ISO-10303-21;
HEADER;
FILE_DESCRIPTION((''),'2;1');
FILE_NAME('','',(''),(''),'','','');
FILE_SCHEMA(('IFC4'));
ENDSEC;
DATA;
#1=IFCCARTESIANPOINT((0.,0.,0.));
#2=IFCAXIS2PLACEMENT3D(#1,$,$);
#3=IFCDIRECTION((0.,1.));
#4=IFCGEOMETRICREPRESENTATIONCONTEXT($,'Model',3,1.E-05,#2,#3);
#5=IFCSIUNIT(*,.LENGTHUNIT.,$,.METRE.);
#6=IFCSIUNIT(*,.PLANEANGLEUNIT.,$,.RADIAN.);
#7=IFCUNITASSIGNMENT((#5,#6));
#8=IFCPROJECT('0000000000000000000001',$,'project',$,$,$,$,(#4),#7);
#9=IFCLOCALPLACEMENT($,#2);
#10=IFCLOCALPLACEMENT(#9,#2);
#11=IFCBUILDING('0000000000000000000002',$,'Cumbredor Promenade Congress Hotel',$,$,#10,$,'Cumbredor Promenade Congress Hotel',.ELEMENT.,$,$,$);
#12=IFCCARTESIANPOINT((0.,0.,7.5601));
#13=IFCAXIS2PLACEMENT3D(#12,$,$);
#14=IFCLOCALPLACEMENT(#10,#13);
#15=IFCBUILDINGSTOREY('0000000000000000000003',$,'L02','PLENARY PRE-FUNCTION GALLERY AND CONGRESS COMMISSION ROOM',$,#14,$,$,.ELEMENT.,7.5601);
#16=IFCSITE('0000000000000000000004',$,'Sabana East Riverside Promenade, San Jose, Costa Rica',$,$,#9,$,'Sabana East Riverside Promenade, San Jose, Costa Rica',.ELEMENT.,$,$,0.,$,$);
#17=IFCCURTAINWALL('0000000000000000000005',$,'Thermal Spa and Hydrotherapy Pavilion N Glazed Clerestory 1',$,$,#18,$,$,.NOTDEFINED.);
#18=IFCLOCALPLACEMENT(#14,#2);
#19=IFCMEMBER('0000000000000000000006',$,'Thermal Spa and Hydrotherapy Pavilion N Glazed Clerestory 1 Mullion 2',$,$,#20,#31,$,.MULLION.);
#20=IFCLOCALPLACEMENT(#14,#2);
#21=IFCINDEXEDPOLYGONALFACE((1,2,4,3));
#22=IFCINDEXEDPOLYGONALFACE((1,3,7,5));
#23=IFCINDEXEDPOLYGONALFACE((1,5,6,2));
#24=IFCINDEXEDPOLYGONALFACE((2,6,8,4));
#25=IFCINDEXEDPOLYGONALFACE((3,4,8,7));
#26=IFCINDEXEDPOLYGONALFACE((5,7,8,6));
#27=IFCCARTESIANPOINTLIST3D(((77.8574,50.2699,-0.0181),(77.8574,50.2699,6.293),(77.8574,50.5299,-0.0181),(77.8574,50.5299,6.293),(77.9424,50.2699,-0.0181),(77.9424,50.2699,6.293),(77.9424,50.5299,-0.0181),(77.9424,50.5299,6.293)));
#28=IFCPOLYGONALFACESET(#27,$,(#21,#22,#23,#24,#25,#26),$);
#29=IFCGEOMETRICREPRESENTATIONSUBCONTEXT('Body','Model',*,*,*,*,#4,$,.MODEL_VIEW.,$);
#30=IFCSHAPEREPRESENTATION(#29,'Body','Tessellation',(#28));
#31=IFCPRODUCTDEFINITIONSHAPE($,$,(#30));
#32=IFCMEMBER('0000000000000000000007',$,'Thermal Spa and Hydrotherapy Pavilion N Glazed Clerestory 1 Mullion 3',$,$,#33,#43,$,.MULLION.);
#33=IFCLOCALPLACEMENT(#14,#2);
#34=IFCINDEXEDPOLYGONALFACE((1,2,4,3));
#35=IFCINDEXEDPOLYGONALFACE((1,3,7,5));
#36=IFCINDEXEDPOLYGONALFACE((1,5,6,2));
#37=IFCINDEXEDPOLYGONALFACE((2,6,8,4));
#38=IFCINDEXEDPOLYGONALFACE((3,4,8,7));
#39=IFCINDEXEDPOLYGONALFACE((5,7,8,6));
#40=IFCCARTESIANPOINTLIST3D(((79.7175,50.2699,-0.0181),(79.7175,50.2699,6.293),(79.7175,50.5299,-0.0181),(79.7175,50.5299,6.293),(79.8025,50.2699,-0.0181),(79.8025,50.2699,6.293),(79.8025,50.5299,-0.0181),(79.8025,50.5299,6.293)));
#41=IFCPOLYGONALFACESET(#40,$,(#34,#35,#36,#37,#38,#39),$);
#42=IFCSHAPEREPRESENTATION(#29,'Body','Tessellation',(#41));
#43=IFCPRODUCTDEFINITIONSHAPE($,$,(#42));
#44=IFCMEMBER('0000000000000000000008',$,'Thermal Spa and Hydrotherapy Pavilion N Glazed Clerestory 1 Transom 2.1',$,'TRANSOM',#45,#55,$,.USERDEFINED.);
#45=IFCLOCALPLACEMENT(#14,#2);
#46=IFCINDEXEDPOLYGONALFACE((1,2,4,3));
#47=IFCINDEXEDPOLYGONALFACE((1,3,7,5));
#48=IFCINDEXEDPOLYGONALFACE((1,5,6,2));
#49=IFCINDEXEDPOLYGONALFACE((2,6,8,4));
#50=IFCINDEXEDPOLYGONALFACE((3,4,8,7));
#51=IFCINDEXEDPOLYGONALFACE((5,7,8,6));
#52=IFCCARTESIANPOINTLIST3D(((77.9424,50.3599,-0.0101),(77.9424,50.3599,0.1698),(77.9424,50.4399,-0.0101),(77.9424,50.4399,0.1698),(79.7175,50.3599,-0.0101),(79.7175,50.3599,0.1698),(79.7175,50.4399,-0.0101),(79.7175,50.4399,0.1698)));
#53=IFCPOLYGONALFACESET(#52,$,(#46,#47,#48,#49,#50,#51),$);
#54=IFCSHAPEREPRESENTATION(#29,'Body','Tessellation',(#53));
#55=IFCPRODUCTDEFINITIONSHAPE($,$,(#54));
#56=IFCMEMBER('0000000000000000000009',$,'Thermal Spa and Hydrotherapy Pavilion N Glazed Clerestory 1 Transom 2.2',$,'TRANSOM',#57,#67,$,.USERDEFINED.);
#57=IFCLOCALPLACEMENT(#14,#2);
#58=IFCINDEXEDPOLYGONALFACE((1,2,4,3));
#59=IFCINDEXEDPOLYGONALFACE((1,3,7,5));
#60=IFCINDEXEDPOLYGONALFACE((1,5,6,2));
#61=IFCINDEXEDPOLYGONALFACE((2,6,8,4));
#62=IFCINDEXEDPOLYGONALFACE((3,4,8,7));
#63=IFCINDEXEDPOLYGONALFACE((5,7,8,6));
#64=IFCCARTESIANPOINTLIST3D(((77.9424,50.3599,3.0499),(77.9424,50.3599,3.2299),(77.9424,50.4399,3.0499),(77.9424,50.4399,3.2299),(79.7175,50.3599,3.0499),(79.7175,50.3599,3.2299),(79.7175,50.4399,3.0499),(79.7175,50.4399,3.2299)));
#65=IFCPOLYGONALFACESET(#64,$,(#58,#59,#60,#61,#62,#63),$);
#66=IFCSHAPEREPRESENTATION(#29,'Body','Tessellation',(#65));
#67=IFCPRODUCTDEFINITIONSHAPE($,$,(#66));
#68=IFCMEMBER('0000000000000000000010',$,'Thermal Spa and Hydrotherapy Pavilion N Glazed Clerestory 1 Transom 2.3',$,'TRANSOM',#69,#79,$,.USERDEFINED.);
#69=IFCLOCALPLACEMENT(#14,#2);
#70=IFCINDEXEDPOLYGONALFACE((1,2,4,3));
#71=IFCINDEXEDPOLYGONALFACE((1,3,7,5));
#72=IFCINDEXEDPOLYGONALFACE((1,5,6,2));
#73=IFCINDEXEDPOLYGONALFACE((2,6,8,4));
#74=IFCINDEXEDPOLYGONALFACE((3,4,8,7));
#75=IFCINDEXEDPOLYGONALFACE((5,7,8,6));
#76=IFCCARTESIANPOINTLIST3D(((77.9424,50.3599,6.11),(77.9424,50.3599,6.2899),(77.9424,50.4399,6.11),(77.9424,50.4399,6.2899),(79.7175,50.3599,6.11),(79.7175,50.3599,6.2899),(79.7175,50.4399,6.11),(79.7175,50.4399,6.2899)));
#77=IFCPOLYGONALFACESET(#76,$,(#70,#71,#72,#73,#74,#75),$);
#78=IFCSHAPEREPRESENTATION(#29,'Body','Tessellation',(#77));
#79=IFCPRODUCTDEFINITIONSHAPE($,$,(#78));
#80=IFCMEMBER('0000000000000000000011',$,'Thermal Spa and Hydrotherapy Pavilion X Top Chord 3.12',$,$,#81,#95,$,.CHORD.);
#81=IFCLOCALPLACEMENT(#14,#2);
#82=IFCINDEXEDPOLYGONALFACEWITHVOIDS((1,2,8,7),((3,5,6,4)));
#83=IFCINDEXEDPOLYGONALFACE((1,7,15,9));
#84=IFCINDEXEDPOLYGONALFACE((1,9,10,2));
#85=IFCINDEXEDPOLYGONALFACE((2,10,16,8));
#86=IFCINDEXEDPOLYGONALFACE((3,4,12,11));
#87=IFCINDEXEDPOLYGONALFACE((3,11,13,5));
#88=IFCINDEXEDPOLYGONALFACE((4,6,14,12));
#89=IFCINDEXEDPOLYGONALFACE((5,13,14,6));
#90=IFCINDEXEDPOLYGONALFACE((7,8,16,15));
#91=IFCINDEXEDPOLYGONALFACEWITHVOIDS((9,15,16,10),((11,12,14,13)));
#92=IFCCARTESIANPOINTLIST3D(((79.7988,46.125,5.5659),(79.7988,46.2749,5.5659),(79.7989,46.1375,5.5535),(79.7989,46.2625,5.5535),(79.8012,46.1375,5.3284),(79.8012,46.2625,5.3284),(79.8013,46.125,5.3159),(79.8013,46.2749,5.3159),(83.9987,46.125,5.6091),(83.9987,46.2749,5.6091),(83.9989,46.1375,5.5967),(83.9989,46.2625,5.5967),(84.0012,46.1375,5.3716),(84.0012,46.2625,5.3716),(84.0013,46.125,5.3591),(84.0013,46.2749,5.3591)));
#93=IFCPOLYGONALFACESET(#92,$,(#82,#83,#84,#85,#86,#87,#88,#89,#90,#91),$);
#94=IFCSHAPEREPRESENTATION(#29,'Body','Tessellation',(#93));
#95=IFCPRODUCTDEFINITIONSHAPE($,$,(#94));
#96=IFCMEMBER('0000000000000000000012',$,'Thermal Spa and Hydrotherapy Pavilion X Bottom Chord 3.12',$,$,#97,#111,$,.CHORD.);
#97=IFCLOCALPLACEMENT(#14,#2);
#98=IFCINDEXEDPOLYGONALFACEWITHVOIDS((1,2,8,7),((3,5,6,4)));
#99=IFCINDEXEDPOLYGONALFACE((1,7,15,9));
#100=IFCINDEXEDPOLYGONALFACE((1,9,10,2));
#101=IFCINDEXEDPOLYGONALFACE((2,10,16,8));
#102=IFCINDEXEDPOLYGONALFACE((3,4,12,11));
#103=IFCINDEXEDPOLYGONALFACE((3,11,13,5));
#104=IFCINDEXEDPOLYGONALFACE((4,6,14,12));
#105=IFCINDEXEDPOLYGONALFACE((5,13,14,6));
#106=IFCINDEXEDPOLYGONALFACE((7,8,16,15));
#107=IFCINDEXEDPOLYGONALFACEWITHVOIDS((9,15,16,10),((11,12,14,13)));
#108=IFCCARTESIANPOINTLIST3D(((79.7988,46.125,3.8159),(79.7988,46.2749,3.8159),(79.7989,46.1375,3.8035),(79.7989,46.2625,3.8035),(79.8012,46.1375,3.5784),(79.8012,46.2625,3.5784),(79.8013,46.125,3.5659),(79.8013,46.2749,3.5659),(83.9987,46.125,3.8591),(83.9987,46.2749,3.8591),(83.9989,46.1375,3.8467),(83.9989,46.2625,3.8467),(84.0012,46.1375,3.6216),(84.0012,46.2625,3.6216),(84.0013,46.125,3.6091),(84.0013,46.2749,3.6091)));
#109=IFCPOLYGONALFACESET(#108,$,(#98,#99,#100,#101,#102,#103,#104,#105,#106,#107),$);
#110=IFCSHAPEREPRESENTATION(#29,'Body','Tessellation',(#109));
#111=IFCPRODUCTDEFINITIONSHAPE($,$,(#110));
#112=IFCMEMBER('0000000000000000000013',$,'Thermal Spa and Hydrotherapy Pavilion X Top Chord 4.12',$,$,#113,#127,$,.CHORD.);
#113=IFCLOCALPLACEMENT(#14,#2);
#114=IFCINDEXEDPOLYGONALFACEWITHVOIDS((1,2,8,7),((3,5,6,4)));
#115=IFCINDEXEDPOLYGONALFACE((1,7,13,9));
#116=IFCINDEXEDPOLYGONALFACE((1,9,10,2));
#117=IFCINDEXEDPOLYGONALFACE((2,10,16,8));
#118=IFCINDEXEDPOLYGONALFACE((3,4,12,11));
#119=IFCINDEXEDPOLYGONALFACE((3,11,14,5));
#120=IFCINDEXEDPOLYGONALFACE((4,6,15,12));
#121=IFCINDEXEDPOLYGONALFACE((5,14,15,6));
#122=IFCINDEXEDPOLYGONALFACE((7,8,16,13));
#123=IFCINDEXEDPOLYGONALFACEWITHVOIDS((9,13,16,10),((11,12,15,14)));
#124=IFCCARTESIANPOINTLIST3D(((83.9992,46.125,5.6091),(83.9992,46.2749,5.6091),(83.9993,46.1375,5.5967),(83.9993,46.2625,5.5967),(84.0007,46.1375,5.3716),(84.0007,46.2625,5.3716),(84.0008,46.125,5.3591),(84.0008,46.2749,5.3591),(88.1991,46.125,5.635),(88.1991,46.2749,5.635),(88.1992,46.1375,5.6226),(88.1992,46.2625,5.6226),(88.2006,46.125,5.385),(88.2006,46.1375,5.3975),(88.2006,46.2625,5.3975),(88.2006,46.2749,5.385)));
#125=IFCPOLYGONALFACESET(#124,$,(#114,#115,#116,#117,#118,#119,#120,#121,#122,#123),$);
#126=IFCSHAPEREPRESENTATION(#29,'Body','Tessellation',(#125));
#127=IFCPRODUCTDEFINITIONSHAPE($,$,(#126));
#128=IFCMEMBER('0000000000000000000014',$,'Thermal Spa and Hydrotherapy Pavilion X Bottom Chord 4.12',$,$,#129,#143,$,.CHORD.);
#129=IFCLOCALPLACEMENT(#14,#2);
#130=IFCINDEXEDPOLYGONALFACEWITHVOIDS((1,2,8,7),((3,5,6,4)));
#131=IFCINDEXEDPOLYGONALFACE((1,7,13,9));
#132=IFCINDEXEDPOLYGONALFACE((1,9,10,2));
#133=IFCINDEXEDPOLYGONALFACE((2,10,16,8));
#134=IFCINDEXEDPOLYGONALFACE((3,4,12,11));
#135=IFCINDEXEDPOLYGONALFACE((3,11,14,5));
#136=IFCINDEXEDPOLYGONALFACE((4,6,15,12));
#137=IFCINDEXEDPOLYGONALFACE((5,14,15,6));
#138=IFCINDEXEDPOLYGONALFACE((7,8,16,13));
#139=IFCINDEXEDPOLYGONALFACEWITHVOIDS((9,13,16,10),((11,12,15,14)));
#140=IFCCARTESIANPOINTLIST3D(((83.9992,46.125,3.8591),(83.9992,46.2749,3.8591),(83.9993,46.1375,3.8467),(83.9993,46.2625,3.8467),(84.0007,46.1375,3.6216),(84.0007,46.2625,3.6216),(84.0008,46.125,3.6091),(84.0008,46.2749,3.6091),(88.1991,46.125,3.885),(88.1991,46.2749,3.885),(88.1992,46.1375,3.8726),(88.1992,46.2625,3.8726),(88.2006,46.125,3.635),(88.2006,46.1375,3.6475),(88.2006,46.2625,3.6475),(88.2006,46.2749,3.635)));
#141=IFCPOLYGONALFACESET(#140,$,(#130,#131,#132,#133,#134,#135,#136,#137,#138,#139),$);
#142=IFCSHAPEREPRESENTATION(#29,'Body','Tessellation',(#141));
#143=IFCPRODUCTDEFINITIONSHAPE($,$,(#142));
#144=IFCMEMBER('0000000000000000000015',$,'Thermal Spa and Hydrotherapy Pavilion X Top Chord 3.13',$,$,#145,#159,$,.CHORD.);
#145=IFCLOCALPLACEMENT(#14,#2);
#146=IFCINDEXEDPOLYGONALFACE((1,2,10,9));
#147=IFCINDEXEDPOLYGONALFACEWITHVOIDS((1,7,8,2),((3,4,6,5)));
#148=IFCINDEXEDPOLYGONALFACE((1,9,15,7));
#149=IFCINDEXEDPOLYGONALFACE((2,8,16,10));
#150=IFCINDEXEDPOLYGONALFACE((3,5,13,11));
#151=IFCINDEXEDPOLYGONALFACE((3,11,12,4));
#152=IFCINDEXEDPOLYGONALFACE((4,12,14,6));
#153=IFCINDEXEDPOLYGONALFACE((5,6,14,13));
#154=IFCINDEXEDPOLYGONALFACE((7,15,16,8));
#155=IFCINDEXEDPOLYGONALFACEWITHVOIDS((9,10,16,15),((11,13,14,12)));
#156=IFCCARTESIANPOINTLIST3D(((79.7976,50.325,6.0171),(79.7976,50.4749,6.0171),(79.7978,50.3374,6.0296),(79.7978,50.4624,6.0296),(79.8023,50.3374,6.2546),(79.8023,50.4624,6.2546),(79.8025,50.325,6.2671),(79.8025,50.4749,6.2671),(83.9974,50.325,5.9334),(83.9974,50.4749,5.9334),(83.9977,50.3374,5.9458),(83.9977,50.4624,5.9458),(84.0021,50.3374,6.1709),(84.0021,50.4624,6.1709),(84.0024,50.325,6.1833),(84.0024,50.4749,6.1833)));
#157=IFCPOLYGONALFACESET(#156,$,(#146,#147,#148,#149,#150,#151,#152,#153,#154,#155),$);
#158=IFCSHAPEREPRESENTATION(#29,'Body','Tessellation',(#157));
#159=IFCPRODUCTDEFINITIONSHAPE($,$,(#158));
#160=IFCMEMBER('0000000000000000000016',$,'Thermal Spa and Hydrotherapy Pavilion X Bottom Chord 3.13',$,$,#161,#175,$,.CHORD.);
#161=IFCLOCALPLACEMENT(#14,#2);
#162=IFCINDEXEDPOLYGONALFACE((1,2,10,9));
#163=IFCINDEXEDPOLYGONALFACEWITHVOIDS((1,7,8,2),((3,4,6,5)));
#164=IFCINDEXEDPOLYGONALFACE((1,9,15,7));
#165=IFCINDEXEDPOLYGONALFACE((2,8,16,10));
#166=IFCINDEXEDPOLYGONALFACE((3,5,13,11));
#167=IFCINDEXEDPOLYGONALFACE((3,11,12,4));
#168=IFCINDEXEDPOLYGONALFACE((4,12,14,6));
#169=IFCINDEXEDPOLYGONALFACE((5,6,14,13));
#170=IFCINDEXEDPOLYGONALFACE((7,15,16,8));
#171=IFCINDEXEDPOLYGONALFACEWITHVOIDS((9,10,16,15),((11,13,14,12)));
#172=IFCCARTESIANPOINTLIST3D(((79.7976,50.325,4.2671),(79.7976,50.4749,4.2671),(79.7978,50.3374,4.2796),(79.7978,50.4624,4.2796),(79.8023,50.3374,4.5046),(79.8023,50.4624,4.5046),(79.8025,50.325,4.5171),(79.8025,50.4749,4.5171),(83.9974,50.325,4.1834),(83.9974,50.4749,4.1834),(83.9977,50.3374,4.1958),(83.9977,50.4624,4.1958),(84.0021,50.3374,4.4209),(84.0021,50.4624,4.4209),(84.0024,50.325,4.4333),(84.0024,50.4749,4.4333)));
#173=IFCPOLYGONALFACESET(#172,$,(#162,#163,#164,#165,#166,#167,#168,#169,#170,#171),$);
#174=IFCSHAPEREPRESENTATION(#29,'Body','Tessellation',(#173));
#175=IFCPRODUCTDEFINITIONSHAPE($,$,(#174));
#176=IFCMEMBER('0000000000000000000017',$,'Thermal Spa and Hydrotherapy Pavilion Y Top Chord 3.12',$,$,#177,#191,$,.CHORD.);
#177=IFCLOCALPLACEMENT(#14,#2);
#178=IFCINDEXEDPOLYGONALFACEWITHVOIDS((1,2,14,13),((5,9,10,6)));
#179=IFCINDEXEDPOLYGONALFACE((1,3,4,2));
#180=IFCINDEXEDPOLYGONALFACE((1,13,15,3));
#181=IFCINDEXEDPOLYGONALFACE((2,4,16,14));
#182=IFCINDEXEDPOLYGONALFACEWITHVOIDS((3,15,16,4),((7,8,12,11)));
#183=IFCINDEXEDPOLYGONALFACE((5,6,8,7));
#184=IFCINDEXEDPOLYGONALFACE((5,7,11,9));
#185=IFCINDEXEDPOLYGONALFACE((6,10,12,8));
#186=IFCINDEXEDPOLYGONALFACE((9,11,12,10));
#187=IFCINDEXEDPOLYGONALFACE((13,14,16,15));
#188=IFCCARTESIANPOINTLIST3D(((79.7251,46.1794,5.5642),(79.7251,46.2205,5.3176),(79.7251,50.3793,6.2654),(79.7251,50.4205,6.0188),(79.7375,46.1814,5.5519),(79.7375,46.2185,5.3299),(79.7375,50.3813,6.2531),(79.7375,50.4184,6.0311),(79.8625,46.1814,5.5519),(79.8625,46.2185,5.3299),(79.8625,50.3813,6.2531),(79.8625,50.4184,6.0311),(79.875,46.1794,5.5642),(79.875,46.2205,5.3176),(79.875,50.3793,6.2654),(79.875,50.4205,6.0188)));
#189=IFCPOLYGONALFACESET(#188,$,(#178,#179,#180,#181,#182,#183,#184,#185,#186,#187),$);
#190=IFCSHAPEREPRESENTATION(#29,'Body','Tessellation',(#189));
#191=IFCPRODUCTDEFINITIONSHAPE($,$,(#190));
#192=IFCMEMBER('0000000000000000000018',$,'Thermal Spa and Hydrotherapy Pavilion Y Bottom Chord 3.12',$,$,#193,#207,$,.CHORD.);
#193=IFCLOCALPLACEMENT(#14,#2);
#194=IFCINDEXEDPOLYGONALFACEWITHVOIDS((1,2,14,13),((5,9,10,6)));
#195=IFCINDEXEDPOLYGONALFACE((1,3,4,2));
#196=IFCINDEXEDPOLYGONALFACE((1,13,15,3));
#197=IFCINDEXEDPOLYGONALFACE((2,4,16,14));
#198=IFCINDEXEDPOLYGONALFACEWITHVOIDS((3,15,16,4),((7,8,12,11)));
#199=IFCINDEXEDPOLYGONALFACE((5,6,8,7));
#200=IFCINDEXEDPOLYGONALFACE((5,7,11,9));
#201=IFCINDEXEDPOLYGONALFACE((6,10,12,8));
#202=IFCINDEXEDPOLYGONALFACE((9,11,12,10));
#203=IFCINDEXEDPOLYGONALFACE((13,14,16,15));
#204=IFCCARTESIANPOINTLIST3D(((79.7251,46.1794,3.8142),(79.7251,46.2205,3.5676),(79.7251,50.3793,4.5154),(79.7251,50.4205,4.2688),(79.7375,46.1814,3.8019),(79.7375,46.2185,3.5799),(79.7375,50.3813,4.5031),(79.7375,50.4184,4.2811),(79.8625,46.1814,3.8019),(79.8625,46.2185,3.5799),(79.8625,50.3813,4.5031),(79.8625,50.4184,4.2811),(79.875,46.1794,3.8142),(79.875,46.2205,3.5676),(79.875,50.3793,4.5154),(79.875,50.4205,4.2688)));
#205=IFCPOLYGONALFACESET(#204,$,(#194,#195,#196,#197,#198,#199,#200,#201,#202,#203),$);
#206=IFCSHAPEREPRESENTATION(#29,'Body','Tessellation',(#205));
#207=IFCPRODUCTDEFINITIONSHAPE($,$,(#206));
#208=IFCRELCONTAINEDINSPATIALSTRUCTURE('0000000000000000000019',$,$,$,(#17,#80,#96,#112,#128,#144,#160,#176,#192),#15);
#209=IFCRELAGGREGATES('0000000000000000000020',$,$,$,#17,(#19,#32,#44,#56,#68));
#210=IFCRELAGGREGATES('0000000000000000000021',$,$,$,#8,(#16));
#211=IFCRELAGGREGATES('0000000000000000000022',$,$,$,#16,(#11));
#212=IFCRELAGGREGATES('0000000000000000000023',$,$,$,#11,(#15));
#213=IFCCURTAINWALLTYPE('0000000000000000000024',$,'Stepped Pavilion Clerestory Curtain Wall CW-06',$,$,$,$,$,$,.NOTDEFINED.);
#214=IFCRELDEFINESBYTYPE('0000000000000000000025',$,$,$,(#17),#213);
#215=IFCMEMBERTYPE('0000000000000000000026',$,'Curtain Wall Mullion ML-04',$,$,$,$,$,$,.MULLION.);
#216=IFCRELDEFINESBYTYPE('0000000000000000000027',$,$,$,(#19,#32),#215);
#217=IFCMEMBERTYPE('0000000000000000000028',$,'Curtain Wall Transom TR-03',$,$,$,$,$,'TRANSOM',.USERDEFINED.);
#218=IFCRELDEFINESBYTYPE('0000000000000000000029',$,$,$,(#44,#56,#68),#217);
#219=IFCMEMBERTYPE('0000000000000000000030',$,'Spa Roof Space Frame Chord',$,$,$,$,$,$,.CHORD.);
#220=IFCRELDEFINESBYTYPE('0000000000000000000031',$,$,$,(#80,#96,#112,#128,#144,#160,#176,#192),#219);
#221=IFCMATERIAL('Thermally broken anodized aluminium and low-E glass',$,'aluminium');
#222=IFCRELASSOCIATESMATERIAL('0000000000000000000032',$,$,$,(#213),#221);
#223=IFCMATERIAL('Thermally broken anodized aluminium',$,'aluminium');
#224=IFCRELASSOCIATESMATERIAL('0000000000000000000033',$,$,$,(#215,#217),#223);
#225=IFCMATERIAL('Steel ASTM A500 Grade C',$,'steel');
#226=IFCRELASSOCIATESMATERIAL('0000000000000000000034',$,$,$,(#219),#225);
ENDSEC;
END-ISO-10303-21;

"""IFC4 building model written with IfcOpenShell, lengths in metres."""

from ifc_helpers import new_model, si_unit, direction, frame, origin, origin_2d, place, context, subcontext, project, spatial, rectangle, hollow_rectangle, extrude, material, material_profile, profile_set, type_object, element, aggregate, save


model = new_model("IFC4")

# Units and contexts
model_context = context("Model", 3, precision=1e-05, world=origin(), true_north=direction((0.0, 1.0)))
body_context = subcontext(model_context, "Body", "Model", "MODEL_VIEW")
ifc_project = project(units=[si_unit("LENGTHUNIT", "METRE"), si_unit("PLANEANGLEUNIT", "RADIAN")], contexts=[model_context])

# Site, building, storey
site_placement = place(None, origin())
site = spatial("IfcSite", under=ifc_project, at=site_placement, Name="Sabana East Riverside Promenade, San Jose, Costa Rica", LongName="Sabana East Riverside Promenade, San Jose, Costa Rica", CompositionType="ELEMENT", RefElevation=0.0)
building_placement = place(site_placement, origin())
building = spatial("IfcBuilding", under=site, at=building_placement, Name="Cumbredor Promenade Congress Hotel", LongName="Cumbredor Promenade Congress Hotel", CompositionType="ELEMENT")
storey_placement = place(building_placement, frame((0.0, 0.0, 7.5601)))
storey = spatial("IfcBuildingStorey", under=building, at=storey_placement, Name="L02", Description="PLENARY PRE-FUNCTION GALLERY AND CONGRESS COMMISSION ROOM", CompositionType="ELEMENT", Elevation=7.5601)

# Curtain wall, members
ifc_material_1 = material(Name="Thermally broken anodized aluminium and low-E glass", Category="aluminium")
curtain_wall_type = type_object("IfcCurtainWallType", Name="Stepped Pavilion Clerestory Curtain Wall CW-06", PredefinedType="NOTDEFINED", material=ifc_material_1)
curtain_wall_placement = place(storey_placement, origin())
curtain_wall = element("IfcCurtainWall", 1, at=curtain_wall_placement, inside=storey, type_object=curtain_wall_type, Name="Thermal Spa and Hydrotherapy Pavilion N Glazed Clerestory 1", PredefinedType="NOTDEFINED")
ifc_material_2 = material(Name="Thermally broken anodized aluminium", Category="aluminium")
ifc_material_profile_1 = material_profile(ifc_material_2, rectangle(XDim=0.085, YDim=0.26, at=origin_2d()), Name="ALU MULLION CLERESTORY 85x260")
ifc_profile_set_1 = profile_set([ifc_material_profile_1], Name="Thermally broken anodized aluminium")
member_type_1 = type_object("IfcMemberType", Name="Curtain Wall Mullion ML-04", PredefinedType="MULLION", material=ifc_profile_set_1)
member_1_placement = place(storey_placement, frame((77.8999, 50.3999, -0.0181), z_axis=(0.0, 0.0, 1.0), x_axis=(1.0, 0.0, 0.0)))
member_1 = element("IfcMember", 2, at=member_1_placement, type_object=member_type_1, Name="Thermal Spa and Hydrotherapy Pavilion N Glazed Clerestory 1 Mullion 2", PredefinedType="MULLION", context=body_context, shape_type="SweptSolid", body=[
    extrude(rectangle(XDim=0.085, YDim=0.26, at=origin_2d()), origin(), (0.0, 0.0, 1.0), 6.311),
])
member_2_placement = place(storey_placement, frame((79.76, 50.3999, -0.0181), z_axis=(0.0, 0.0, 1.0), x_axis=(1.0, 0.0, 0.0)))
member_2 = element("IfcMember", 3, at=member_2_placement, type_object=member_type_1, Name="Thermal Spa and Hydrotherapy Pavilion N Glazed Clerestory 1 Mullion 3", PredefinedType="MULLION", context=body_context, shape_type="SweptSolid", body=[
    extrude(rectangle(XDim=0.085, YDim=0.26, at=origin_2d()), origin(), (0.0, 0.0, 1.0), 6.311),
])
ifc_material_profile_2 = material_profile(ifc_material_2, rectangle(XDim=0.0801, YDim=0.1799, at=origin_2d()), Name="ALU TRANSOM 80x180")
ifc_profile_set_2 = profile_set([ifc_material_profile_2], Name="Thermally broken anodized aluminium")
member_type_2 = type_object("IfcMemberType", Name="Curtain Wall Transom TR-03", ElementType="TRANSOM", PredefinedType="USERDEFINED", material=ifc_profile_set_2)
member_3_placement = place(storey_placement, frame((77.9424, 50.3999, 0.0798), z_axis=(1.0, 0.0, 0.0), x_axis=(0.0, 1.0, 0.0)))
member_3 = element("IfcMember", 4, at=member_3_placement, type_object=member_type_2, Name="Thermal Spa and Hydrotherapy Pavilion N Glazed Clerestory 1 Transom 2.1", ObjectType="TRANSOM", PredefinedType="USERDEFINED", context=body_context, shape_type="SweptSolid", body=[
    extrude(rectangle(XDim=0.0801, YDim=0.1799, at=origin_2d()), origin(), (0.0, 0.0, 1.0), 1.7751),
])
member_4_placement = place(storey_placement, frame((77.9424, 50.3999, 3.1399), z_axis=(1.0, 0.0, 0.0), x_axis=(0.0, 1.0, 0.0)))
member_4 = element("IfcMember", 5, at=member_4_placement, type_object=member_type_2, Name="Thermal Spa and Hydrotherapy Pavilion N Glazed Clerestory 1 Transom 2.2", ObjectType="TRANSOM", PredefinedType="USERDEFINED", context=body_context, shape_type="SweptSolid", body=[
    extrude(rectangle(XDim=0.0801, YDim=0.1799, at=origin_2d()), origin(), (0.0, 0.0, 1.0), 1.7751),
])
member_5_placement = place(storey_placement, frame((77.9424, 50.3999, 6.2), z_axis=(1.0, 0.0, 0.0), x_axis=(0.0, 1.0, 0.0)))
member_5 = element("IfcMember", 6, at=member_5_placement, type_object=member_type_2, Name="Thermal Spa and Hydrotherapy Pavilion N Glazed Clerestory 1 Transom 2.3", ObjectType="TRANSOM", PredefinedType="USERDEFINED", context=body_context, shape_type="SweptSolid", body=[
    extrude(rectangle(XDim=0.0801, YDim=0.1799, at=origin_2d()), origin(), (0.0, 0.0, 1.0), 1.7751),
])

# Members
ifc_material_3 = material(Name="Steel ASTM A500 Grade C", Category="steel")
ifc_material_profile_3 = material_profile(ifc_material_3, hollow_rectangle(XDim=0.1499, YDim=0.25, WallThickness=0.0125, at=origin_2d()), Name="HSS 250x150x12.5")
ifc_profile_set_3 = profile_set([ifc_material_profile_3], Name="Steel ASTM A500 Grade C")
member_type_3 = type_object("IfcMemberType", Name="Spa Roof Space Frame Chord", PredefinedType="CHORD", material=ifc_profile_set_3)
for number, where, z_axis, x_axis, name in (
    (7, (79.8, 46.2, 5.4409), (0.999947, 0.0, 0.010288), (0.0, 1.0, 0.0), "Thermal Spa and Hydrotherapy Pavilion X Top Chord 3.12"),
    (8, (79.8, 46.2, 3.6909), (0.999947, 0.0, 0.010288), (0.0, 1.0, 0.0), "Thermal Spa and Hydrotherapy Pavilion X Bottom Chord 3.12"),
):
    element("IfcMember", number, at=place(storey_placement, frame(where, z_axis=z_axis, x_axis=x_axis)), inside=storey, type_object=member_type_3, Name=name, PredefinedType="CHORD", context=body_context, shape_type="SweptSolid", body=[
        extrude(hollow_rectangle(XDim=0.1499, YDim=0.25, WallThickness=0.0125, at=origin_2d()), origin(), (0.0, 0.0, 1.0), 4.2002),
    ])
for number, where, z_axis, x_axis, name in (
    (9, (84.0, 46.2, 5.4841), (0.999981, 0.0, 0.006162), (0.0, 1.0, 0.0), "Thermal Spa and Hydrotherapy Pavilion X Top Chord 4.12"),
    (10, (84.0, 46.2, 3.7341), (0.999981, 0.0, 0.006162), (0.0, 1.0, 0.0), "Thermal Spa and Hydrotherapy Pavilion X Bottom Chord 4.12"),
):
    element("IfcMember", number, at=place(storey_placement, frame(where, z_axis=z_axis, x_axis=x_axis)), inside=storey, type_object=member_type_3, Name=name, PredefinedType="CHORD", context=body_context, shape_type="SweptSolid", body=[
        extrude(hollow_rectangle(XDim=0.1499, YDim=0.25, WallThickness=0.0125, at=origin_2d()), origin(), (0.0, 0.0, 1.0), 4.2),
    ])
for number, where, z_axis, x_axis, name in (
    (11, (79.8, 50.3999, 6.1421), (0.999801, 0.0, -0.019934), (0.0, 1.0, 0.0), "Thermal Spa and Hydrotherapy Pavilion X Top Chord 3.13"),
    (12, (79.8, 50.3999, 4.3921), (0.999801, 0.0, -0.019934), (0.0, 1.0, 0.0), "Thermal Spa and Hydrotherapy Pavilion X Bottom Chord 3.13"),
):
    element("IfcMember", number, at=place(storey_placement, frame(where, z_axis=z_axis, x_axis=x_axis)), inside=storey, type_object=member_type_3, Name=name, PredefinedType="CHORD", context=body_context, shape_type="SweptSolid", body=[
        extrude(hollow_rectangle(XDim=0.1499, YDim=0.25, WallThickness=0.0125, at=origin_2d()), origin(), (0.0, 0.0, 1.0), 4.2007),
    ])
for number, where, z_axis, x_axis, name in (
    (13, (79.8, 46.2, 5.4409), (0.0, 0.986349, 0.164669), (-1.0, 0.0, 0.0), "Thermal Spa and Hydrotherapy Pavilion Y Top Chord 3.12"),
    (14, (79.8, 46.2, 3.6909), (0.0, 0.986349, 0.164669), (-1.0, 0.0, 0.0), "Thermal Spa and Hydrotherapy Pavilion Y Bottom Chord 3.12"),
):
    element("IfcMember", number, at=place(storey_placement, frame(where, z_axis=z_axis, x_axis=x_axis)), inside=storey, type_object=member_type_3, Name=name, PredefinedType="CHORD", context=body_context, shape_type="SweptSolid", body=[
        extrude(hollow_rectangle(XDim=0.1499, YDim=0.25, WallThickness=0.0125, at=origin_2d()), origin(), (0.0, 0.0, 1.0), 4.2581),
    ])

aggregate(curtain_wall, [member_1, member_2, member_3, member_4, member_5])

save(model, "model.ifc")
